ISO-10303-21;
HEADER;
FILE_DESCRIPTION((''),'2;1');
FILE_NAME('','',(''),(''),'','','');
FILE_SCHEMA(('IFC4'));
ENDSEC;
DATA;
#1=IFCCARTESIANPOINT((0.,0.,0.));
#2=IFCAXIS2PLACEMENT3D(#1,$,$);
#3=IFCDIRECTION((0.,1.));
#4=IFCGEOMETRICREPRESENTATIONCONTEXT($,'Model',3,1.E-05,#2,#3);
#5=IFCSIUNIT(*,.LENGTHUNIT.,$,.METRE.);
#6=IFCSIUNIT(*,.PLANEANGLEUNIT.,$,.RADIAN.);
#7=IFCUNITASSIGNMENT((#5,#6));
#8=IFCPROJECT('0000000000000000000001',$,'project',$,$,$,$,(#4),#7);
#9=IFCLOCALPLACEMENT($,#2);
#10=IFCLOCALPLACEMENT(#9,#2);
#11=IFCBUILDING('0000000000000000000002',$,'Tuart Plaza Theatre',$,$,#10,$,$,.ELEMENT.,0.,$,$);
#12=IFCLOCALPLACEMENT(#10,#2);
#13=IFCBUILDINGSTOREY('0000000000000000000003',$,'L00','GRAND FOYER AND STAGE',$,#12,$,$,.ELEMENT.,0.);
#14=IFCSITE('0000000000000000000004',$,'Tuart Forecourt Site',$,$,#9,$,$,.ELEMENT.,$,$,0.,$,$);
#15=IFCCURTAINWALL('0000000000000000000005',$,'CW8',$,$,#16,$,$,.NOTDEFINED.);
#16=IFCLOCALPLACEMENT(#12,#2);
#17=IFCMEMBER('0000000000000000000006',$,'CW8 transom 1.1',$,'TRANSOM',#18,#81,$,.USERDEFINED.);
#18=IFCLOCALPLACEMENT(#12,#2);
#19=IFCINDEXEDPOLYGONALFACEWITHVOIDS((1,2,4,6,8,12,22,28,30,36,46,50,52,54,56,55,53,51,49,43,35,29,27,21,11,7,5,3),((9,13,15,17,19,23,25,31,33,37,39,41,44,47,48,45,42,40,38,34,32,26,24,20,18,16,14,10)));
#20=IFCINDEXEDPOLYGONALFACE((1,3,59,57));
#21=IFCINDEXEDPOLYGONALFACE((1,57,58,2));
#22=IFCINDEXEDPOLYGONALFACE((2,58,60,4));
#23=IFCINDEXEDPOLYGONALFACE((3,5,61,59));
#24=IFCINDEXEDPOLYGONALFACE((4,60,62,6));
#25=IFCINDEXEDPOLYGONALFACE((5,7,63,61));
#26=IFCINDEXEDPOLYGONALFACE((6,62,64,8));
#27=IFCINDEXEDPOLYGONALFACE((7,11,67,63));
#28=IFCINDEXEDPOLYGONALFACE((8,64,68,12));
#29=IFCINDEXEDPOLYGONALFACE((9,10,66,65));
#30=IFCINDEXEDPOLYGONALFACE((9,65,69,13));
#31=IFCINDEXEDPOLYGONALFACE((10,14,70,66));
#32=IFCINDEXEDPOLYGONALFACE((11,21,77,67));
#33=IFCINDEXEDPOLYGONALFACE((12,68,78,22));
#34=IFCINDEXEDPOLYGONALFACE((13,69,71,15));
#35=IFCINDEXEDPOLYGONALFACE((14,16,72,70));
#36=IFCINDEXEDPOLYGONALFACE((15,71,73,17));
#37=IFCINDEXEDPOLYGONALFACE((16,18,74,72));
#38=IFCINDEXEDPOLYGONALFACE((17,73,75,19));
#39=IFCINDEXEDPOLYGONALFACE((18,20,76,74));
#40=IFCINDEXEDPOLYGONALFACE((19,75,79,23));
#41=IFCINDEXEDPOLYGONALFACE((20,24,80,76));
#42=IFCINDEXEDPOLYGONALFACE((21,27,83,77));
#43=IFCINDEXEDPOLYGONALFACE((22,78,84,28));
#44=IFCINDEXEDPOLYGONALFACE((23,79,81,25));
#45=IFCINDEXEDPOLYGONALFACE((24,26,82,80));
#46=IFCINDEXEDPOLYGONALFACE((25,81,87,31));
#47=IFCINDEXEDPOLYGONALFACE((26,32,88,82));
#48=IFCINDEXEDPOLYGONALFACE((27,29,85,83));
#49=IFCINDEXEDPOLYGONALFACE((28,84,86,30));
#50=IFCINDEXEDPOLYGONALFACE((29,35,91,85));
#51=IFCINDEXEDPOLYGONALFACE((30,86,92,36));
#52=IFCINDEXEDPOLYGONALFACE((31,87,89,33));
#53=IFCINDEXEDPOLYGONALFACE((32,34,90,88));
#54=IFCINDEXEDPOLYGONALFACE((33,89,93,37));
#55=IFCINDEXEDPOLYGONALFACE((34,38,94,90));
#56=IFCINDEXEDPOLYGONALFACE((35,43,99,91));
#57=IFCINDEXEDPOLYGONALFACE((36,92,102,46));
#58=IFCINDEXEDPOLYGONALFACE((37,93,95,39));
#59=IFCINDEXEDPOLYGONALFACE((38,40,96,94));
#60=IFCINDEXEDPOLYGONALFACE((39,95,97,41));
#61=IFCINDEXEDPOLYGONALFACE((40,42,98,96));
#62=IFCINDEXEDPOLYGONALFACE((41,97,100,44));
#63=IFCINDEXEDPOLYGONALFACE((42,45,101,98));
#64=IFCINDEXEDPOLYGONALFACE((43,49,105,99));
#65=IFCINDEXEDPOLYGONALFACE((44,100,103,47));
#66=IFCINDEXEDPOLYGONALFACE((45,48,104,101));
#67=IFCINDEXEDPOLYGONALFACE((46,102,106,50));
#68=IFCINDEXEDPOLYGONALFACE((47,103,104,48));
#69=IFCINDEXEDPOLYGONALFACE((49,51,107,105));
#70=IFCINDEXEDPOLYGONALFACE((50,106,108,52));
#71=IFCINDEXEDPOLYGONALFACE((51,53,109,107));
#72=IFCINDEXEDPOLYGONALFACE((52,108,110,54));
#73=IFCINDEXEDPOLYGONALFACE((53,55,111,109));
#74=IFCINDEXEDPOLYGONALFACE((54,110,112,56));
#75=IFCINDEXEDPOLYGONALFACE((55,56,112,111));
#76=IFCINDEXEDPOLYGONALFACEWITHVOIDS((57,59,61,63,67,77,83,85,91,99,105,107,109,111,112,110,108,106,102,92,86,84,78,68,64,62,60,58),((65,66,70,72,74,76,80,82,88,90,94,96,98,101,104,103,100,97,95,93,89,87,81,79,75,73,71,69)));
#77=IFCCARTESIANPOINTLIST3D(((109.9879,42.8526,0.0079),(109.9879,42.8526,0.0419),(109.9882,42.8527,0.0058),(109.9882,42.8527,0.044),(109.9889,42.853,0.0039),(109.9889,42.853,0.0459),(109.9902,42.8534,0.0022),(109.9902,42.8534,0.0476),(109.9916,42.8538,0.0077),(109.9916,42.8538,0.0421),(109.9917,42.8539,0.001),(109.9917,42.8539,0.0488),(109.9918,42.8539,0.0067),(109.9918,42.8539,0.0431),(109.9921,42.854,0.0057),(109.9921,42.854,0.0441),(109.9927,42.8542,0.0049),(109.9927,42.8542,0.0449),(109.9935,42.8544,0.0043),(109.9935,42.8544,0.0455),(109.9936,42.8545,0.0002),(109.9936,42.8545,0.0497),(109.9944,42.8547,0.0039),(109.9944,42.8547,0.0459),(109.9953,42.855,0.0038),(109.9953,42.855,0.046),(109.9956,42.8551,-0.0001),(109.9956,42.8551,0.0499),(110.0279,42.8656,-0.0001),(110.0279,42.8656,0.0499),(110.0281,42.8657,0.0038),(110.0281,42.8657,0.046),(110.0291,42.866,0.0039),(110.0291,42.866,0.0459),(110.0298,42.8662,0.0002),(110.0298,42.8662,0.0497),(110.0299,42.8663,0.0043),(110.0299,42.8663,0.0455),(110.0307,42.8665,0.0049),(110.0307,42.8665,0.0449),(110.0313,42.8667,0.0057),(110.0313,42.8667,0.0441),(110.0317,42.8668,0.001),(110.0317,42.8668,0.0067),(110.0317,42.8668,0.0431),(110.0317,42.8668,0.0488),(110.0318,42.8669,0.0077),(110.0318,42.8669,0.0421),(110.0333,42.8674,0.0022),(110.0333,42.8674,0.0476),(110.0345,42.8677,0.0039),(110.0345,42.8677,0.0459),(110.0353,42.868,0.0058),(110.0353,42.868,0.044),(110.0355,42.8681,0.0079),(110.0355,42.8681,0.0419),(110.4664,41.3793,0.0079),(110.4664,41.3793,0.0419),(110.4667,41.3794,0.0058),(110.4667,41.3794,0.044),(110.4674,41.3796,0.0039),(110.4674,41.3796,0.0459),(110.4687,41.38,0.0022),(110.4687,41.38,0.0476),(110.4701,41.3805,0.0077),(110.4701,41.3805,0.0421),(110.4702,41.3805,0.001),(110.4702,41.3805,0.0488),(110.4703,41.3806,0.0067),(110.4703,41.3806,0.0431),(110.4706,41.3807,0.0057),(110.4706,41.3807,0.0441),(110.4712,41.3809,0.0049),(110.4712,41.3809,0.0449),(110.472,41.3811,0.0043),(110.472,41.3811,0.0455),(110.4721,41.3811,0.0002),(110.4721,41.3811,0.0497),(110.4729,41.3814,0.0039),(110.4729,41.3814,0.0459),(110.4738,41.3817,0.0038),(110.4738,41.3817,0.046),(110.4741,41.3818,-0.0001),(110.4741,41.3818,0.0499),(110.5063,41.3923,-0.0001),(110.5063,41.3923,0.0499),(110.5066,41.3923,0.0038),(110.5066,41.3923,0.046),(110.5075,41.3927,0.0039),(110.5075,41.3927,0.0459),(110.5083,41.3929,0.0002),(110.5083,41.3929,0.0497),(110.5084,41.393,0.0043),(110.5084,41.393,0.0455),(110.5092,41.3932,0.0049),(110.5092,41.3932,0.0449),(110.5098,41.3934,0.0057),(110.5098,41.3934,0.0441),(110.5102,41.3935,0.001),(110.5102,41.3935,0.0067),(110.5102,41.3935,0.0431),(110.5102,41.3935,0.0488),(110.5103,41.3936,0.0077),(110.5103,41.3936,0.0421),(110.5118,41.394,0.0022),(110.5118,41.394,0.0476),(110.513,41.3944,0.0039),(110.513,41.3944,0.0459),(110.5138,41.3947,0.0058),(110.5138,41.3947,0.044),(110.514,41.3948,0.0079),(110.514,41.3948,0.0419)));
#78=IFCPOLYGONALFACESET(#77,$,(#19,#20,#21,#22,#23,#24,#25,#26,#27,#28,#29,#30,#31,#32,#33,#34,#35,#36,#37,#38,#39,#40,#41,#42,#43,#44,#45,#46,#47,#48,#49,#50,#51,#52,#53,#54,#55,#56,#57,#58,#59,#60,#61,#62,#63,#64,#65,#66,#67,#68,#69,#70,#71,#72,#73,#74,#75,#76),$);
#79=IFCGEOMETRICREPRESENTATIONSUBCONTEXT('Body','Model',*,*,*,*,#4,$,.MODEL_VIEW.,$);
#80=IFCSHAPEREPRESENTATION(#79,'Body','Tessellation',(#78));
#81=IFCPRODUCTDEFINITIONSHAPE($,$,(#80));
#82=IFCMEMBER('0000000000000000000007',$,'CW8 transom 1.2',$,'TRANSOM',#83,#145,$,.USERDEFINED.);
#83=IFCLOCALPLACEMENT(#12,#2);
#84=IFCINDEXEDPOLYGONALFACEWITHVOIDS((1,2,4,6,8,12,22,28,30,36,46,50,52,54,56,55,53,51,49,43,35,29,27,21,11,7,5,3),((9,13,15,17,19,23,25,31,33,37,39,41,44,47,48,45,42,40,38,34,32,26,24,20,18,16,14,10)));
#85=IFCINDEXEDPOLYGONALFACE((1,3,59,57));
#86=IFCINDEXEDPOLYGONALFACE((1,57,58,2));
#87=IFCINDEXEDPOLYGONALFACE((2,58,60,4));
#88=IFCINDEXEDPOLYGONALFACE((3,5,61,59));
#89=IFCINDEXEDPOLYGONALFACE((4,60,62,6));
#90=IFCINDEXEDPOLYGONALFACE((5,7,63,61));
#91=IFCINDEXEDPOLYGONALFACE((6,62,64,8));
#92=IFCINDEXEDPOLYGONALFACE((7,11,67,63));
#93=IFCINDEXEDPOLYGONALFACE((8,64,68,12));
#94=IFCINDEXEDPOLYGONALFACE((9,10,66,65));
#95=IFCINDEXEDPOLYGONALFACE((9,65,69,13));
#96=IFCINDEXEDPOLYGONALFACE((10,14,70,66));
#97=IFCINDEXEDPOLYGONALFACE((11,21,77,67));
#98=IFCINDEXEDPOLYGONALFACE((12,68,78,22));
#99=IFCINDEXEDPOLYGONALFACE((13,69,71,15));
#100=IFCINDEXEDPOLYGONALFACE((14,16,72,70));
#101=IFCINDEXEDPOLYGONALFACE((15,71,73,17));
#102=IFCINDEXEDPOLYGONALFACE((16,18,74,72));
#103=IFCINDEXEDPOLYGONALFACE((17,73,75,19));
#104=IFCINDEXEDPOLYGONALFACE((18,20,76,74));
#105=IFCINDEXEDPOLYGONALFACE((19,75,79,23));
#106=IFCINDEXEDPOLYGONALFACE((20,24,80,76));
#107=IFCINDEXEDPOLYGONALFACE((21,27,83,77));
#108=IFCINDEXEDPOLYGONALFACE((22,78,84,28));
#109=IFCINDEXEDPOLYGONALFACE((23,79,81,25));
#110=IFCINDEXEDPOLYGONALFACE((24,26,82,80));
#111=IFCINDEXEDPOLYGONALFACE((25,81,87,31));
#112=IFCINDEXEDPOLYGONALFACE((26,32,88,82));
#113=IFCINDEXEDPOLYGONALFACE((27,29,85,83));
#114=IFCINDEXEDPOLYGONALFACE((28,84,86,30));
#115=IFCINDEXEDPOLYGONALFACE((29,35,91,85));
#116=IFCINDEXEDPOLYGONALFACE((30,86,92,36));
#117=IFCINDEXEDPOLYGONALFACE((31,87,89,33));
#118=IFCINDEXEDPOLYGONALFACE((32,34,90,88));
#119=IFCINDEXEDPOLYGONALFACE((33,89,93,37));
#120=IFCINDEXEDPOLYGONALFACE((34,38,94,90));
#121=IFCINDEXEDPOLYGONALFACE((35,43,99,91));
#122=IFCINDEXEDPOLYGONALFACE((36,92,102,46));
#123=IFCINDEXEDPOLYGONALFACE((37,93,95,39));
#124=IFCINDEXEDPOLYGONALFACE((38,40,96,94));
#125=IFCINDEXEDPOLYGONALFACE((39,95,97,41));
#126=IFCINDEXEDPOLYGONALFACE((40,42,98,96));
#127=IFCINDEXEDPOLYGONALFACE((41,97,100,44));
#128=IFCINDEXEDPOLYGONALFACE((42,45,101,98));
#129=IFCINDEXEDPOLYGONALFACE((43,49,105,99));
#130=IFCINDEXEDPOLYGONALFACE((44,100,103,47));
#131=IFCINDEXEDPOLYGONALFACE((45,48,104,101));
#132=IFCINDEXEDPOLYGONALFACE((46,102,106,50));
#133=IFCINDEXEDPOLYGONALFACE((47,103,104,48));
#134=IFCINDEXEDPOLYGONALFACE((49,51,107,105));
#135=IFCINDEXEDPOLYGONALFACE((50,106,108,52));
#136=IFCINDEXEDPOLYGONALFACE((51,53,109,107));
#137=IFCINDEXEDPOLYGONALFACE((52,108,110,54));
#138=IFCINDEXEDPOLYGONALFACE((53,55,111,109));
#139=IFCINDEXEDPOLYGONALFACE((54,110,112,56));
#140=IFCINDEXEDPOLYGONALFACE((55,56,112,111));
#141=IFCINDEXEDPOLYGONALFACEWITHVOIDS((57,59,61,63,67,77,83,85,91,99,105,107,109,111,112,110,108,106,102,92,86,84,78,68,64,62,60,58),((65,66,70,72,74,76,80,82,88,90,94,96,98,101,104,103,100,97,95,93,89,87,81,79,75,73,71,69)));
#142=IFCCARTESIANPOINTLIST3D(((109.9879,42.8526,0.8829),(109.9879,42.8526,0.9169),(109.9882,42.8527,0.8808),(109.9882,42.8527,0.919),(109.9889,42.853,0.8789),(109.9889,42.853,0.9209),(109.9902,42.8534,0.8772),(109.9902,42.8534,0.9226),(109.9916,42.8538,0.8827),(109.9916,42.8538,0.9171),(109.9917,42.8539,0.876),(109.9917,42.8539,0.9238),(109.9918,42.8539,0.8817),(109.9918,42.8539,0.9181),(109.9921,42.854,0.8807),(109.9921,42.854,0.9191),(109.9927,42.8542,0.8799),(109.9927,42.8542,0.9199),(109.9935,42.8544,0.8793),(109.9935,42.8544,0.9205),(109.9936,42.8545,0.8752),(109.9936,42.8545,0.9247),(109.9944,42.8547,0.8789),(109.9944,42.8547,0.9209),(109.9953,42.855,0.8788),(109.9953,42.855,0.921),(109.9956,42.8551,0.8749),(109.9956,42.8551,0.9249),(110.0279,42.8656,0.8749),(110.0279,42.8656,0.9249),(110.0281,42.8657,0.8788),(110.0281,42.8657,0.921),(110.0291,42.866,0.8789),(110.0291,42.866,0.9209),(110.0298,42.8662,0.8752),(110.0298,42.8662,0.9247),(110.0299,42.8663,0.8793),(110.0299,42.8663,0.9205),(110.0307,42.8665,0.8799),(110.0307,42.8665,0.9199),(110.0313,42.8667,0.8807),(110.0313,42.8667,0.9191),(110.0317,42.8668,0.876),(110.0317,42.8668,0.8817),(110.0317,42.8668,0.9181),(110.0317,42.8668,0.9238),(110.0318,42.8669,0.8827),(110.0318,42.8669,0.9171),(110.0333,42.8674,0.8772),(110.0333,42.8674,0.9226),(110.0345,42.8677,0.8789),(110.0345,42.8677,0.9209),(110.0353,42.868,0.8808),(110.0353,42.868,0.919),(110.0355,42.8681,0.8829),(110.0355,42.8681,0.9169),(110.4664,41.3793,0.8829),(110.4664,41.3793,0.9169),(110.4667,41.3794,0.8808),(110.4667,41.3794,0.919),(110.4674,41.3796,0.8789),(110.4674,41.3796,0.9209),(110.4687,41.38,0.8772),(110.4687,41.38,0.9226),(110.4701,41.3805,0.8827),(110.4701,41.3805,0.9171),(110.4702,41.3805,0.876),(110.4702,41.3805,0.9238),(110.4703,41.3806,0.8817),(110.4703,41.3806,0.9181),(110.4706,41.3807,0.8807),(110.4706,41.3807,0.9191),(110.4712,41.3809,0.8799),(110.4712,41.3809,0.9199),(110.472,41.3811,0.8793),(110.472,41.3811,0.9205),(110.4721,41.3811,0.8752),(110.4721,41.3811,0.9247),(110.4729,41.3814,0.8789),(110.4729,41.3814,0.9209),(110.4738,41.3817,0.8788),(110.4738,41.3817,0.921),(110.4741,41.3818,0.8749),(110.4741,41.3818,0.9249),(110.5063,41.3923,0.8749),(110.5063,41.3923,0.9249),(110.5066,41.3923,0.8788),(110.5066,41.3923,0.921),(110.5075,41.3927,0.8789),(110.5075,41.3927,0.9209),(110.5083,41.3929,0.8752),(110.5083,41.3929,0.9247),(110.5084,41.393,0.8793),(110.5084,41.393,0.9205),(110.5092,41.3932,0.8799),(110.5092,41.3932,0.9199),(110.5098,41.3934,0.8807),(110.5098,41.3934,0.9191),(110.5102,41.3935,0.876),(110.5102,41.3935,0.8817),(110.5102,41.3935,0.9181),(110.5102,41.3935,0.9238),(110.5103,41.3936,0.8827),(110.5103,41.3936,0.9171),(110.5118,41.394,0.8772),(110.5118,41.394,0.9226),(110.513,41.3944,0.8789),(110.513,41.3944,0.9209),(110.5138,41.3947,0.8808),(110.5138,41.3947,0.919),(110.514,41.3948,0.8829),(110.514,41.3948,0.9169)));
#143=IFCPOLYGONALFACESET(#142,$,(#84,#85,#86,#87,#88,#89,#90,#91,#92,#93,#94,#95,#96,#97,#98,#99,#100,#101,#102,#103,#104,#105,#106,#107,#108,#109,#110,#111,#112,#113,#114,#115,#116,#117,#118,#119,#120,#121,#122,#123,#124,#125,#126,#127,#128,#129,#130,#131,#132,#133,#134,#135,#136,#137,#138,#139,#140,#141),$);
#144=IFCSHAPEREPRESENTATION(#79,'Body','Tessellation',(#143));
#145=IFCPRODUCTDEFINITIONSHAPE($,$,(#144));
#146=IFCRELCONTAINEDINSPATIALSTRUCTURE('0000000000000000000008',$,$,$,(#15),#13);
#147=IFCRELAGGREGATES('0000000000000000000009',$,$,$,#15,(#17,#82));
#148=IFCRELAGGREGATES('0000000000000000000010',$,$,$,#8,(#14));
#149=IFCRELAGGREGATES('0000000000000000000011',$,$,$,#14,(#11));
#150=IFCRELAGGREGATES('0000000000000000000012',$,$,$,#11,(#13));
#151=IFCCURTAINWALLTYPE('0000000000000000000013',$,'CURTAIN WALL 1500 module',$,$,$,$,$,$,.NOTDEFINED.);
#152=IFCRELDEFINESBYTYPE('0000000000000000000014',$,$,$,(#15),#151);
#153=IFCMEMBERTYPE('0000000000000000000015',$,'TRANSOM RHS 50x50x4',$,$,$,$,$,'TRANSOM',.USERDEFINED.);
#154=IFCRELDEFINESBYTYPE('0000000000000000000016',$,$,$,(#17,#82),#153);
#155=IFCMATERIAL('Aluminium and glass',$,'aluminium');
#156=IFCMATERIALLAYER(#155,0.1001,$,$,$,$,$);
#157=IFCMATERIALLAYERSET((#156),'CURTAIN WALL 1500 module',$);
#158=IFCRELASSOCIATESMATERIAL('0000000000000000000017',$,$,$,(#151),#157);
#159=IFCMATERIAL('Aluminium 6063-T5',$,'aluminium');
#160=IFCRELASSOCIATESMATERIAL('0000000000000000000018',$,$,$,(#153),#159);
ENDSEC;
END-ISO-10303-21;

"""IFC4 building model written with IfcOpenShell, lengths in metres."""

from ifc_helpers import new_model, si_unit, direction, frame, origin, origin_2d, place, context, subcontext, project, spatial, hollow_rectangle, extrude, material, layer, layer_set, material_profile, profile_set, type_object, element, aggregate, save


model = new_model("IFC4")

# Units and contexts
model_context = context("Model", 3, precision=1e-05, world=origin(), true_north=direction((0.0, 1.0)))
body_context = subcontext(model_context, "Body", "Model", "MODEL_VIEW")
ifc_project = project(units=[si_unit("LENGTHUNIT", "METRE"), si_unit("PLANEANGLEUNIT", "RADIAN")], contexts=[model_context])

# Site, building, storey
site_placement = place(None, origin())
site = spatial("IfcSite", under=ifc_project, at=site_placement, Name="Tuart Forecourt Site", CompositionType="ELEMENT", RefElevation=0.0)
building_placement = place(site_placement, origin())
building = spatial("IfcBuilding", under=site, at=building_placement, Name="Tuart Plaza Theatre", CompositionType="ELEMENT", ElevationOfRefHeight=0.0)
storey_placement = place(building_placement, origin())
storey = spatial("IfcBuildingStorey", under=building, at=storey_placement, Name="L00", Description="GRAND FOYER AND STAGE", CompositionType="ELEMENT", Elevation=0.0)

# Curtain wall
ifc_material_1 = material(Name="Aluminium and glass", Category="aluminium")
ifc_layer_1 = layer(ifc_material_1, 0.1001)
ifc_layer_set_1 = layer_set([ifc_layer_1], Name="CURTAIN WALL 1500 module")
curtain_wall_type = type_object("IfcCurtainWallType", Name="CURTAIN WALL 1500 module", PredefinedType="NOTDEFINED", material=ifc_layer_set_1)
curtain_wall_1_placement = place(storey_placement, origin())
curtain_wall_1 = element("IfcCurtainWall", 1, at=curtain_wall_1_placement, inside=storey, type_object=curtain_wall_type, Name="CW8", PredefinedType="NOTDEFINED")

# Members
ifc_material_2 = material(Name="Aluminium 6063-T5", Category="aluminium")
ifc_material_profile_1 = material_profile(ifc_material_2, hollow_rectangle(XDim=0.05, YDim=0.05, WallThickness=0.0039, InnerFilletRadius=0.0039, OuterFilletRadius=0.0081, at=origin_2d()), Name="RHS 50x50x4")
ifc_profile_set_1 = profile_set([ifc_material_profile_1], Name="Aluminium 6063-T5")
member_type_1 = type_object("IfcMemberType", Name="TRANSOM RHS 50x50x4", ElementType="TRANSOM", PredefinedType="USERDEFINED", material=ifc_profile_set_1)
member_1_placement = place(storey_placement, frame((110.0117, 42.8604, 0.0249), z_axis=(0.30889, -0.951098, 0.0), x_axis=(0.951098, 0.30889, 0.0)))
member_1 = element("IfcMember", 2, at=member_1_placement, type_object=member_type_1, Name="CW8 transom 1.1", ObjectType="TRANSOM", PredefinedType="USERDEFINED", context=body_context, shape_type="SweptSolid", body=[
    extrude(hollow_rectangle(XDim=0.05, YDim=0.05, WallThickness=0.0039, InnerFilletRadius=0.0039, OuterFilletRadius=0.0081, at=origin_2d()), origin(), (0.0, 0.0, 1.0), 1.5491),
])
member_2_placement = place(storey_placement, frame((110.0117, 42.8604, 0.8999), z_axis=(0.30889, -0.951098, 0.0), x_axis=(0.951098, 0.30889, 0.0)))
member_2 = element("IfcMember", 3, at=member_2_placement, type_object=member_type_1, Name="CW8 transom 1.2", ObjectType="TRANSOM", PredefinedType="USERDEFINED", context=body_context, shape_type="SweptSolid", body=[
    extrude(hollow_rectangle(XDim=0.05, YDim=0.05, WallThickness=0.0039, InnerFilletRadius=0.0039, OuterFilletRadius=0.0081, at=origin_2d()), origin(), (0.0, 0.0, 1.0), 1.5491),
])
aggregate(curtain_wall_1, [member_1, member_2])

save(model, "model.ifc")
